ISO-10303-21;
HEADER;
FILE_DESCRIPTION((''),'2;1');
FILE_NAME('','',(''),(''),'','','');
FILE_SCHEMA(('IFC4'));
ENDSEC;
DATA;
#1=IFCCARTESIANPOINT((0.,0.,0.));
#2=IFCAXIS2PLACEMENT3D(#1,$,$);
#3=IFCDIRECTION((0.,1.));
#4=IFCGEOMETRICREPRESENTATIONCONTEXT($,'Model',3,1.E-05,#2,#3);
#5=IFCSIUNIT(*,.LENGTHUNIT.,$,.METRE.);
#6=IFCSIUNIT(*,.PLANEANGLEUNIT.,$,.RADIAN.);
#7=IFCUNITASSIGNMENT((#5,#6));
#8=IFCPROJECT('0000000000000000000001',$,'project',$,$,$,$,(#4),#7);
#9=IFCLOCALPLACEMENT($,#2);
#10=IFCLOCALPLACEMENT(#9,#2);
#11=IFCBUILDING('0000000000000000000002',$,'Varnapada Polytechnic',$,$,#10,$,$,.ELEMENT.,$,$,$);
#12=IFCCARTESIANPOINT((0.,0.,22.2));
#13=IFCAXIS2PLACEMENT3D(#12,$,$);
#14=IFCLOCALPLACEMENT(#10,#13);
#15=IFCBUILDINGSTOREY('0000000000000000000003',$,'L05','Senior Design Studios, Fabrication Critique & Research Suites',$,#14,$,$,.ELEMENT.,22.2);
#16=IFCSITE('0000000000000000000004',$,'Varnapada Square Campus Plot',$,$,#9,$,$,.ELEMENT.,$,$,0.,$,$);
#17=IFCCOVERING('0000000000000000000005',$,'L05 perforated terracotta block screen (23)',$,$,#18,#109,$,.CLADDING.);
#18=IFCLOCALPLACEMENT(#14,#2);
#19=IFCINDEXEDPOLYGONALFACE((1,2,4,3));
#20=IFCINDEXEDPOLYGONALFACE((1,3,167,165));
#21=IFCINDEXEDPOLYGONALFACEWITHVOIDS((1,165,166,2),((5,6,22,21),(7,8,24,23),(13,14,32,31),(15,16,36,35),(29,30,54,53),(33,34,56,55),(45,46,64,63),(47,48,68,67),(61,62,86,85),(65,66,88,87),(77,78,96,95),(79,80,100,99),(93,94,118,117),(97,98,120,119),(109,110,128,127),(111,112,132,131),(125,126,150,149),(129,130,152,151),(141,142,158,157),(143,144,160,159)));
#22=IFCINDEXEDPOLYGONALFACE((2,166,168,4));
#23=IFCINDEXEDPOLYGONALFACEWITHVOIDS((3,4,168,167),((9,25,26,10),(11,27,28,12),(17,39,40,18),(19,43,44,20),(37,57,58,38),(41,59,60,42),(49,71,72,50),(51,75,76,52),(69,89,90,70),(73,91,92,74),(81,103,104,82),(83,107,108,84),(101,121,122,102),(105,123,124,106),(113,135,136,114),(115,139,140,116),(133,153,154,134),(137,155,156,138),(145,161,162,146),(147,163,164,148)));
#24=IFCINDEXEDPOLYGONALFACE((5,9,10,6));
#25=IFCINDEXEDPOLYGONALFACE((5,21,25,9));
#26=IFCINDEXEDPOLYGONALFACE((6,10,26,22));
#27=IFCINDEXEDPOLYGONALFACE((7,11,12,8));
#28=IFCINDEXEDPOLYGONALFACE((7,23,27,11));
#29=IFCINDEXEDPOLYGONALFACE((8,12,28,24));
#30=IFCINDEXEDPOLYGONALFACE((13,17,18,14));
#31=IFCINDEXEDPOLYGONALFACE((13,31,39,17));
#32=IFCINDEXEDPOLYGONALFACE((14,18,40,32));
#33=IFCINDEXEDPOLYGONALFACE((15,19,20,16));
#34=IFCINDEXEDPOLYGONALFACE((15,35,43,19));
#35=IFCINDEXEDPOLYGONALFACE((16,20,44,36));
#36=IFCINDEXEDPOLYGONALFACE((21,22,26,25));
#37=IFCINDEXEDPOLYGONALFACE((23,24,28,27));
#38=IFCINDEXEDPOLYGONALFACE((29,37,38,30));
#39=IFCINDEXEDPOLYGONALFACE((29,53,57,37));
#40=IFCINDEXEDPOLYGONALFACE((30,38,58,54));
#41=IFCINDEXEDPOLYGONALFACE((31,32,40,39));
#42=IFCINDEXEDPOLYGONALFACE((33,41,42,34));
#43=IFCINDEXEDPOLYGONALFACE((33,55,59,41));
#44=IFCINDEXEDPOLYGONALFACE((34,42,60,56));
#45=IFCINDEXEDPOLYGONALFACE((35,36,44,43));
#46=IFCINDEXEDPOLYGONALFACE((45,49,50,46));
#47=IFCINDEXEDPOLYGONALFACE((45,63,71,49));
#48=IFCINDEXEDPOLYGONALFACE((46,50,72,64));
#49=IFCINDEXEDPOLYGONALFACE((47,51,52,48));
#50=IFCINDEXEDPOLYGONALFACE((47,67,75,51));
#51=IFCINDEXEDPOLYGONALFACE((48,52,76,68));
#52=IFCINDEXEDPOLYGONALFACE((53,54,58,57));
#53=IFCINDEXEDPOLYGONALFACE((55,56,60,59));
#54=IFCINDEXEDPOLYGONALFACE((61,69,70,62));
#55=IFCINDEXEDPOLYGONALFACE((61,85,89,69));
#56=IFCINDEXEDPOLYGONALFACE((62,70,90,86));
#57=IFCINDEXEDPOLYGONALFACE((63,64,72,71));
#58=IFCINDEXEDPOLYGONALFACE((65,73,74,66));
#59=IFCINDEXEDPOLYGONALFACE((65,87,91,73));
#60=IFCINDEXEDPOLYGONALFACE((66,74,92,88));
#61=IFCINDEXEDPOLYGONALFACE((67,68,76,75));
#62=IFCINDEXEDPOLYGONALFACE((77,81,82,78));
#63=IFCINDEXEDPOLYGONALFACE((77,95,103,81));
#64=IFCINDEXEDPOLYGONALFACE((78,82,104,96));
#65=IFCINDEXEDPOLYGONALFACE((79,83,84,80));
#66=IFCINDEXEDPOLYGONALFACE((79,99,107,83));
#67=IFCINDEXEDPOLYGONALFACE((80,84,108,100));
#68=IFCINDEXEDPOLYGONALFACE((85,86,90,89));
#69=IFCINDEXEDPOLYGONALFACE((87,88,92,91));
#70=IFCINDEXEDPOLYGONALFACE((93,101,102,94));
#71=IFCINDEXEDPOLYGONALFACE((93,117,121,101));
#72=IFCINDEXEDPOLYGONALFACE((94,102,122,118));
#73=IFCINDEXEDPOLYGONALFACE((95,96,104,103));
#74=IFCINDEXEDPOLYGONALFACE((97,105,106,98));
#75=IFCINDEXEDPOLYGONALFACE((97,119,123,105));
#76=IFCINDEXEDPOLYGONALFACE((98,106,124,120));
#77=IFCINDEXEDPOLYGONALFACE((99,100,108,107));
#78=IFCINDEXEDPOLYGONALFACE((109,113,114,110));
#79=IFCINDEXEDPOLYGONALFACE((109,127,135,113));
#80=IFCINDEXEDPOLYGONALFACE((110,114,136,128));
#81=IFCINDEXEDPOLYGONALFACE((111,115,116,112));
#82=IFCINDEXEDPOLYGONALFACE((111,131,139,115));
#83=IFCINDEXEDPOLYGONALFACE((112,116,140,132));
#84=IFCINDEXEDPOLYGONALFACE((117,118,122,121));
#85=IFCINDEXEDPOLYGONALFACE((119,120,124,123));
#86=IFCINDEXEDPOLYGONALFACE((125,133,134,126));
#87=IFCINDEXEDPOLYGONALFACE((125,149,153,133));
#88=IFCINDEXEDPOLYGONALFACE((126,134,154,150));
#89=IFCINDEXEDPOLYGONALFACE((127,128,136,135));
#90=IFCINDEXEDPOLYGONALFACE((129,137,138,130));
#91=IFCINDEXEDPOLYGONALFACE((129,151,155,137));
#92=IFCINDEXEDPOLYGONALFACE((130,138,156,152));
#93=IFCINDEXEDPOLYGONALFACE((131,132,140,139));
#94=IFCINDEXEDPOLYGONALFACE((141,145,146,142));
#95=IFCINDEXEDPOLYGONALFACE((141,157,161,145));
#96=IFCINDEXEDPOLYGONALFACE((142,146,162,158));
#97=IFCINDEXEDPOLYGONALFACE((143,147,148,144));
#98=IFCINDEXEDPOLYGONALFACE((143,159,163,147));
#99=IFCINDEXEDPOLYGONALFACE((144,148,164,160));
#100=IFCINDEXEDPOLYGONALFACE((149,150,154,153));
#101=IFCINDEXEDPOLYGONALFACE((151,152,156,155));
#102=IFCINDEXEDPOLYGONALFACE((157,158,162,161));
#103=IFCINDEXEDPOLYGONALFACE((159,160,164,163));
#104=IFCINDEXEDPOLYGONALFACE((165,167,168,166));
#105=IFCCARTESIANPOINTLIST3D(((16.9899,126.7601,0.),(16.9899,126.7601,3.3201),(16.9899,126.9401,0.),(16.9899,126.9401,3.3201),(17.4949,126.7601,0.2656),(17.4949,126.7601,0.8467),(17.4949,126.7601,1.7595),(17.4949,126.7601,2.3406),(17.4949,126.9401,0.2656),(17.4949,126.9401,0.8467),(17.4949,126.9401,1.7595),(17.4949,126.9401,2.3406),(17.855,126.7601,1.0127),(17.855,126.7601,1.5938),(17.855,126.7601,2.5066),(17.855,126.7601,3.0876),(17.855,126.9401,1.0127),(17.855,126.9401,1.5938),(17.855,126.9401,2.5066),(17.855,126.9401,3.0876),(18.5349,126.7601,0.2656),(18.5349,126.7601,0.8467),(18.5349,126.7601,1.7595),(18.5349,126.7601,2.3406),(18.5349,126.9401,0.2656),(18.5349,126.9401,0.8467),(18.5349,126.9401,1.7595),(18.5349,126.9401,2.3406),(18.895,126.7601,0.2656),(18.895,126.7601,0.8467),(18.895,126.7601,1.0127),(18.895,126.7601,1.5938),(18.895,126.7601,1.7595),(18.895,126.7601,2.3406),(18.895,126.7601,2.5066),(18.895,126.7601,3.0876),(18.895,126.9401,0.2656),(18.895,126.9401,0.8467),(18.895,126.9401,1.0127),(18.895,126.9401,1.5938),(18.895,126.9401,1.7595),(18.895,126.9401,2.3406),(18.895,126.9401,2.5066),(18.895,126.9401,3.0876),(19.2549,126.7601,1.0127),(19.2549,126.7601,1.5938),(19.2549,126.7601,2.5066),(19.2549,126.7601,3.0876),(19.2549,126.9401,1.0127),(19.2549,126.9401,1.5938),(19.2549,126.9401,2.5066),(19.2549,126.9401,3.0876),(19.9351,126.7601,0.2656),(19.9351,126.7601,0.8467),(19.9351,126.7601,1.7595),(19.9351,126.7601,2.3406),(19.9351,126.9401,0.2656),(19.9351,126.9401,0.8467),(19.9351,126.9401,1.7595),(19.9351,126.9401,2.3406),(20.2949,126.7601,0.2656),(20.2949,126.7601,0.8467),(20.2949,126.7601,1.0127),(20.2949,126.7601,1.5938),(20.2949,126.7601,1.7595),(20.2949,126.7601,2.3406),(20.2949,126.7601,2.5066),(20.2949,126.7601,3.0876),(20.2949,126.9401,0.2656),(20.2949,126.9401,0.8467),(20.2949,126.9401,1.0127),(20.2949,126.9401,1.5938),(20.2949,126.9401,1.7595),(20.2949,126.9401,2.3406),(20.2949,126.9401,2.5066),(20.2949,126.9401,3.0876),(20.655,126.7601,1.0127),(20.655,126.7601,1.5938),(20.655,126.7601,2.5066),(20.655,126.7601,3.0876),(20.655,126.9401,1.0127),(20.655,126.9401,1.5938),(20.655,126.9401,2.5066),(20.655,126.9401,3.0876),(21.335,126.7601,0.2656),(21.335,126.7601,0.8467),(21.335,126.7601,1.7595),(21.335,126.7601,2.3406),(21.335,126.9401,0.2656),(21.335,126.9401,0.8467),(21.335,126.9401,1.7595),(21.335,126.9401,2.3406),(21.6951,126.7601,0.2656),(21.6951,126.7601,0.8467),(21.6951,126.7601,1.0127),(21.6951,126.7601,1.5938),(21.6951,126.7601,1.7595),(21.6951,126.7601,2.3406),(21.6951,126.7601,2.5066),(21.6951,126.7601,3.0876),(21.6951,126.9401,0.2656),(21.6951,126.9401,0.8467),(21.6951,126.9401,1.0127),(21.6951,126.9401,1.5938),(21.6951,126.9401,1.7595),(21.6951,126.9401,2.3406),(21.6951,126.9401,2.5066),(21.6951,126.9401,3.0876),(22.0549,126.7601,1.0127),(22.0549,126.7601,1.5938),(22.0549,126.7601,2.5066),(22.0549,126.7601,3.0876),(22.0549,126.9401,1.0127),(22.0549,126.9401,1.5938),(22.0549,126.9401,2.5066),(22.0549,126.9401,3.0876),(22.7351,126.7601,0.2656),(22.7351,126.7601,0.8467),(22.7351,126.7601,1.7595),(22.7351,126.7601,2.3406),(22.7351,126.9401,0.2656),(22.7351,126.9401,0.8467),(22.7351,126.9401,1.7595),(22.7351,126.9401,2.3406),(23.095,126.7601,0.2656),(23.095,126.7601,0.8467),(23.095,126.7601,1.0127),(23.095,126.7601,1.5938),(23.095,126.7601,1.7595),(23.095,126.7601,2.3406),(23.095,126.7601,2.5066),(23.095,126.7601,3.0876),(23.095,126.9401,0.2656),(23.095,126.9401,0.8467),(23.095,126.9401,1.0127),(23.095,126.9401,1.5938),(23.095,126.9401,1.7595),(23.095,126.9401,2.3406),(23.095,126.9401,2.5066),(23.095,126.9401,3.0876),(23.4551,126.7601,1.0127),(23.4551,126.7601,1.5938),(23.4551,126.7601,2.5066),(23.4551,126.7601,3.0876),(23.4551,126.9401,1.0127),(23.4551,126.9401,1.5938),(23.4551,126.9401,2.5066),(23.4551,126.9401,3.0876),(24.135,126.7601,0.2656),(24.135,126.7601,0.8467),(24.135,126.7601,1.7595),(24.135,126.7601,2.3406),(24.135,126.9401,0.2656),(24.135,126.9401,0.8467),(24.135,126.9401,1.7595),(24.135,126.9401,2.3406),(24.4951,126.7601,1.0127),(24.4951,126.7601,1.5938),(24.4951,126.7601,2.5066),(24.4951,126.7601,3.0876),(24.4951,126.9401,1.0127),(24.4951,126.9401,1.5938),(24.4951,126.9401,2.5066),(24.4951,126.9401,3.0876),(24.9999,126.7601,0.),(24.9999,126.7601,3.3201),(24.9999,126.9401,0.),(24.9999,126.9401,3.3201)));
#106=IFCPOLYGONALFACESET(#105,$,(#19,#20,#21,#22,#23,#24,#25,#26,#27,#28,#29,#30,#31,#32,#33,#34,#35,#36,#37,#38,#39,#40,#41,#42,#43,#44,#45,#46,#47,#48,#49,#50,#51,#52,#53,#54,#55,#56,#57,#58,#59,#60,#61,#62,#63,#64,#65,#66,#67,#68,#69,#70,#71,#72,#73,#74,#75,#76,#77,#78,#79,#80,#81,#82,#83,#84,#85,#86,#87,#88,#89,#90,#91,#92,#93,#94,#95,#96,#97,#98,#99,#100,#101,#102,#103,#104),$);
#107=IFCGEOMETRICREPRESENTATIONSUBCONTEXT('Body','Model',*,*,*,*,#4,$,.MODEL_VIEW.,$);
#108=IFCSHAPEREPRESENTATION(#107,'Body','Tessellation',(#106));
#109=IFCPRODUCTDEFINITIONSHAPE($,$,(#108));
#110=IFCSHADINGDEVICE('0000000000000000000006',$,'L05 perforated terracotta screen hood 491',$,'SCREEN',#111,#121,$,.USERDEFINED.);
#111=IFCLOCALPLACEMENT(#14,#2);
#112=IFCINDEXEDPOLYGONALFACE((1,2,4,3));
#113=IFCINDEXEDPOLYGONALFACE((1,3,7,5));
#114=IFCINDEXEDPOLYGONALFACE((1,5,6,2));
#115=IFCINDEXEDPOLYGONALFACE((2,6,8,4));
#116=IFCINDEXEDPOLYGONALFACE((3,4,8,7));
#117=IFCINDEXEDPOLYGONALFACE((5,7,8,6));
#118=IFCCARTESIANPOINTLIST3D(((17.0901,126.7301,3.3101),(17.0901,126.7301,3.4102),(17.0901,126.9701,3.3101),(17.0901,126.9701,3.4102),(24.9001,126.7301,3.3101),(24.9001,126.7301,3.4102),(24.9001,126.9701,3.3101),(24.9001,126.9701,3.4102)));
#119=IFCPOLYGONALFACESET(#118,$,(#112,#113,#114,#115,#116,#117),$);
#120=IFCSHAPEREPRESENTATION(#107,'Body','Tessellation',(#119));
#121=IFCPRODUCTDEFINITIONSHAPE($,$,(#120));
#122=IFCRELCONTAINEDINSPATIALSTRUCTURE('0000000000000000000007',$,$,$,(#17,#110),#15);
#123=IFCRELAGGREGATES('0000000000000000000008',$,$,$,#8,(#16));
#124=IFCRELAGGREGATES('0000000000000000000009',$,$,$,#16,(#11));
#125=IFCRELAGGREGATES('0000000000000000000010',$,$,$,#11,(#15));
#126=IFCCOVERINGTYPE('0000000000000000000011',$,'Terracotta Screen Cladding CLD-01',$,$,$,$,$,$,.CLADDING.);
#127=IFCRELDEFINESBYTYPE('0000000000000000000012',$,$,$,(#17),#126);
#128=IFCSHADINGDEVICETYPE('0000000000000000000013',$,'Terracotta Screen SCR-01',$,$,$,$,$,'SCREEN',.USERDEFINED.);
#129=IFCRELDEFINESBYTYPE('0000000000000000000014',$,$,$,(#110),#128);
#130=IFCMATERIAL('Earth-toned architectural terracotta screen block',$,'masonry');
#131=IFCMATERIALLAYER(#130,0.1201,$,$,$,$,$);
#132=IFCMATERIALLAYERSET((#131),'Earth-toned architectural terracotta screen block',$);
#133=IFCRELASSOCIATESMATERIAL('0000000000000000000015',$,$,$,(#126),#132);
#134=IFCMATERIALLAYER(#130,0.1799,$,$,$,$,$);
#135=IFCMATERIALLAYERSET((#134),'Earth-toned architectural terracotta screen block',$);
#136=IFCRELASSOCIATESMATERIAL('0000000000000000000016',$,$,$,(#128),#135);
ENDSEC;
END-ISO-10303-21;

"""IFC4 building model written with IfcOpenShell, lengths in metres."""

from ifc_helpers import new_model, si_unit, direction, frame, frame_2d, origin, origin_2d, place, context, subcontext, project, spatial, rectangle, extrude, material, layer, layer_set, type_object, element, save


model = new_model("IFC4")

# Units and contexts
model_context = context("Model", 3, precision=1e-05, world=origin(), true_north=direction((0.0, 1.0)))
body_context = subcontext(model_context, "Body", "Model", "MODEL_VIEW")
ifc_project = project(units=[si_unit("LENGTHUNIT", "METRE"), si_unit("PLANEANGLEUNIT", "RADIAN")], contexts=[model_context])

# Site, building, storey
site_placement = place(None, origin())
site = spatial("IfcSite", under=ifc_project, at=site_placement, Name="Varnapada Square Campus Plot", CompositionType="ELEMENT", RefElevation=0.0)
building_placement = place(site_placement, origin())
building = spatial("IfcBuilding", under=site, at=building_placement, Name="Varnapada Polytechnic", CompositionType="ELEMENT")
storey_placement = place(building_placement, frame((0.0, 0.0, 22.2)))
storey = spatial("IfcBuildingStorey", under=building, at=storey_placement, Name="L05", Description="Senior Design Studios, Fabrication Critique & Research Suites", CompositionType="ELEMENT", Elevation=22.2)

# Covering, openings
ifc_material_1 = material(Name="Earth-toned architectural terracotta screen block", Category="masonry")
ifc_layer_1 = layer(ifc_material_1, 0.1201)
ifc_layer_set_1 = layer_set([ifc_layer_1], Name="Earth-toned architectural terracotta screen block")
covering_type = type_object("IfcCoveringType", Name="Terracotta Screen Cladding CLD-01", PredefinedType="CLADDING", material=ifc_layer_set_1)
covering_placement = place(storey_placement, frame((16.99, 126.8501, 0.0), z_axis=(0.0, 0.0, 1.0), x_axis=(1.0, 0.0, 0.0)))
covering = element("IfcCovering", 1, at=covering_placement, inside=storey, type_object=covering_type, Name="L05 perforated terracotta block screen (23)", PredefinedType="CLADDING", context=body_context, shape_type="SweptSolid", body=[
    extrude(rectangle(XDim=8.01, YDim=0.1799, at=frame_2d((4.0049, 0.0))), origin(), (0.0, 0.0, 1.0), 3.3201),
])
opening_1_placement = place(covering_placement, frame((0.5049, 0.0, 0.2656)))
element("IfcOpeningElement", 2, at=opening_1_placement, cuts=covering, PredefinedType="OPENING", context=body_context, shape_type="SweptSolid", body=[
    extrude(rectangle(XDim=1.04, YDim=0.5811, at=frame_2d((0.52, 0.2905))), frame((0.0, 0.0999, 0.0), z_axis=(0.0, -1.0, 0.0), x_axis=(1.0, 0.0, 0.0)), (0.0, 0.0, 1.0), 0.2),
])
opening_2_placement = place(covering_placement, frame((1.905, 0.0, 0.2656)))
element("IfcOpeningElement", 3, at=opening_2_placement, cuts=covering, PredefinedType="OPENING", context=body_context, shape_type="SweptSolid", body=[
    extrude(rectangle(XDim=1.04, YDim=0.5811, at=frame_2d((0.52, 0.2905))), frame((0.0, 0.0999, 0.0), z_axis=(0.0, -1.0, 0.0), x_axis=(1.0, 0.0, 0.0)), (0.0, 0.0, 1.0), 0.2),
])
opening_3_placement = place(covering_placement, frame((3.3049, 0.0, 0.2656)))
element("IfcOpeningElement", 4, at=opening_3_placement, cuts=covering, PredefinedType="OPENING", context=body_context, shape_type="SweptSolid", body=[
    extrude(rectangle(XDim=1.04, YDim=0.5811, at=frame_2d((0.52, 0.2905))), frame((0.0, 0.0999, 0.0), z_axis=(0.0, -1.0, 0.0), x_axis=(1.0, 0.0, 0.0)), (0.0, 0.0, 1.0), 0.2),
])
opening_4_placement = place(covering_placement, frame((4.7051, 0.0, 0.2656)))
element("IfcOpeningElement", 5, at=opening_4_placement, cuts=covering, PredefinedType="OPENING", context=body_context, shape_type="SweptSolid", body=[
    extrude(rectangle(XDim=1.04, YDim=0.5811, at=frame_2d((0.52, 0.2905))), frame((0.0, 0.0999, 0.0), z_axis=(0.0, -1.0, 0.0), x_axis=(1.0, 0.0, 0.0)), (0.0, 0.0, 1.0), 0.2),
])
opening_5_placement = place(covering_placement, frame((6.105, 0.0, 0.2656)))
element("IfcOpeningElement", 6, at=opening_5_placement, cuts=covering, PredefinedType="OPENING", context=body_context, shape_type="SweptSolid", body=[
    extrude(rectangle(XDim=1.04, YDim=0.5811, at=frame_2d((0.52, 0.2905))), frame((0.0, 0.0999, 0.0), z_axis=(0.0, -1.0, 0.0), x_axis=(1.0, 0.0, 0.0)), (0.0, 0.0, 1.0), 0.2),
])
opening_6_placement = place(covering_placement, frame((0.865, 0.0, 1.0127)))
element("IfcOpeningElement", 7, at=opening_6_placement, cuts=covering, PredefinedType="OPENING", context=body_context, shape_type="SweptSolid", body=[
    extrude(rectangle(XDim=1.04, YDim=0.5811, at=frame_2d((0.52, 0.2905))), frame((0.0, 0.0999, 0.0), z_axis=(0.0, -1.0, 0.0), x_axis=(1.0, 0.0, 0.0)), (0.0, 0.0, 1.0), 0.2),
])
opening_7_placement = place(covering_placement, frame((2.2649, 0.0, 1.0127)))
element("IfcOpeningElement", 8, at=opening_7_placement, cuts=covering, PredefinedType="OPENING", context=body_context, shape_type="SweptSolid", body=[
    extrude(rectangle(XDim=1.04, YDim=0.5811, at=frame_2d((0.52, 0.2905))), frame((0.0, 0.0999, 0.0), z_axis=(0.0, -1.0, 0.0), x_axis=(1.0, 0.0, 0.0)), (0.0, 0.0, 1.0), 0.2),
])
opening_8_placement = place(covering_placement, frame((3.665, 0.0, 1.0127)))
element("IfcOpeningElement", 9, at=opening_8_placement, cuts=covering, PredefinedType="OPENING", context=body_context, shape_type="SweptSolid", body=[
    extrude(rectangle(XDim=1.04, YDim=0.5811, at=frame_2d((0.52, 0.2905))), frame((0.0, 0.0999, 0.0), z_axis=(0.0, -1.0, 0.0), x_axis=(1.0, 0.0, 0.0)), (0.0, 0.0, 1.0), 0.2),
])
opening_9_placement = place(covering_placement, frame((5.0649, 0.0, 1.0127)))
element("IfcOpeningElement", 10, at=opening_9_placement, cuts=covering, PredefinedType="OPENING", context=body_context, shape_type="SweptSolid", body=[
    extrude(rectangle(XDim=1.04, YDim=0.5811, at=frame_2d((0.52, 0.2905))), frame((0.0, 0.0999, 0.0), z_axis=(0.0, -1.0, 0.0), x_axis=(1.0, 0.0, 0.0)), (0.0, 0.0, 1.0), 0.2),
])
opening_10_placement = place(covering_placement, frame((6.4651, 0.0, 1.0127)))
element("IfcOpeningElement", 11, at=opening_10_placement, cuts=covering, PredefinedType="OPENING", context=body_context, shape_type="SweptSolid", body=[
    extrude(rectangle(XDim=1.04, YDim=0.5811, at=frame_2d((0.52, 0.2905))), frame((0.0, 0.0999, 0.0), z_axis=(0.0, -1.0, 0.0), x_axis=(1.0, 0.0, 0.0)), (0.0, 0.0, 1.0), 0.2),
])
opening_11_placement = place(covering_placement, frame((0.5049, 0.0, 1.7595)))
element("IfcOpeningElement", 12, at=opening_11_placement, cuts=covering, PredefinedType="OPENING", context=body_context, shape_type="SweptSolid", body=[
    extrude(rectangle(XDim=1.04, YDim=0.5811, at=frame_2d((0.52, 0.2905))), frame((0.0, 0.0999, 0.0), z_axis=(0.0, -1.0, 0.0), x_axis=(1.0, 0.0, 0.0)), (0.0, 0.0, 1.0), 0.2),
])
opening_12_placement = place(covering_placement, frame((1.905, 0.0, 1.7595)))
element("IfcOpeningElement", 13, at=opening_12_placement, cuts=covering, PredefinedType="OPENING", context=body_context, shape_type="SweptSolid", body=[
    extrude(rectangle(XDim=1.04, YDim=0.5811, at=frame_2d((0.52, 0.2905))), frame((0.0, 0.0999, 0.0), z_axis=(0.0, -1.0, 0.0), x_axis=(1.0, 0.0, 0.0)), (0.0, 0.0, 1.0), 0.2),
])
opening_13_placement = place(covering_placement, frame((3.3049, 0.0, 1.7595)))
element("IfcOpeningElement", 14, at=opening_13_placement, cuts=covering, PredefinedType="OPENING", context=body_context, shape_type="SweptSolid", body=[
    extrude(rectangle(XDim=1.04, YDim=0.5811, at=frame_2d((0.52, 0.2905))), frame((0.0, 0.0999, 0.0), z_axis=(0.0, -1.0, 0.0), x_axis=(1.0, 0.0, 0.0)), (0.0, 0.0, 1.0), 0.2),
])
opening_14_placement = place(covering_placement, frame((4.7051, 0.0, 1.7595)))
element("IfcOpeningElement", 15, at=opening_14_placement, cuts=covering, PredefinedType="OPENING", context=body_context, shape_type="SweptSolid", body=[
    extrude(rectangle(XDim=1.04, YDim=0.5811, at=frame_2d((0.52, 0.2905))), frame((0.0, 0.0999, 0.0), z_axis=(0.0, -1.0, 0.0), x_axis=(1.0, 0.0, 0.0)), (0.0, 0.0, 1.0), 0.2),
])
opening_15_placement = place(covering_placement, frame((6.105, 0.0, 1.7595)))
element("IfcOpeningElement", 16, at=opening_15_placement, cuts=covering, PredefinedType="OPENING", context=body_context, shape_type="SweptSolid", body=[
    extrude(rectangle(XDim=1.04, YDim=0.5811, at=frame_2d((0.52, 0.2905))), frame((0.0, 0.0999, 0.0), z_axis=(0.0, -1.0, 0.0), x_axis=(1.0, 0.0, 0.0)), (0.0, 0.0, 1.0), 0.2),
])
opening_16_placement = place(covering_placement, frame((0.865, 0.0, 2.5066)))
element("IfcOpeningElement", 17, at=opening_16_placement, cuts=covering, PredefinedType="OPENING", context=body_context, shape_type="SweptSolid", body=[
    extrude(rectangle(XDim=1.04, YDim=0.5811, at=frame_2d((0.52, 0.2905))), frame((0.0, 0.0999, 0.0), z_axis=(0.0, -1.0, 0.0), x_axis=(1.0, 0.0, 0.0)), (0.0, 0.0, 1.0), 0.2),
])
opening_17_placement = place(covering_placement, frame((2.2649, 0.0, 2.5066)))
element("IfcOpeningElement", 18, at=opening_17_placement, cuts=covering, PredefinedType="OPENING", context=body_context, shape_type="SweptSolid", body=[
    extrude(rectangle(XDim=1.04, YDim=0.5811, at=frame_2d((0.52, 0.2905))), frame((0.0, 0.0999, 0.0), z_axis=(0.0, -1.0, 0.0), x_axis=(1.0, 0.0, 0.0)), (0.0, 0.0, 1.0), 0.2),
])
opening_18_placement = place(covering_placement, frame((3.665, 0.0, 2.5066)))
element("IfcOpeningElement", 19, at=opening_18_placement, cuts=covering, PredefinedType="OPENING", context=body_context, shape_type="SweptSolid", body=[
    extrude(rectangle(XDim=1.04, YDim=0.5811, at=frame_2d((0.52, 0.2905))), frame((0.0, 0.0999, 0.0), z_axis=(0.0, -1.0, 0.0), x_axis=(1.0, 0.0, 0.0)), (0.0, 0.0, 1.0), 0.2),
])
opening_19_placement = place(covering_placement, frame((5.0649, 0.0, 2.5066)))
element("IfcOpeningElement", 20, at=opening_19_placement, cuts=covering, PredefinedType="OPENING", context=body_context, shape_type="SweptSolid", body=[
    extrude(rectangle(XDim=1.04, YDim=0.5811, at=frame_2d((0.52, 0.2905))), frame((0.0, 0.0999, 0.0), z_axis=(0.0, -1.0, 0.0), x_axis=(1.0, 0.0, 0.0)), (0.0, 0.0, 1.0), 0.2),
])
opening_20_placement = place(covering_placement, frame((6.4651, 0.0, 2.5066)))
element("IfcOpeningElement", 21, at=opening_20_placement, cuts=covering, PredefinedType="OPENING", context=body_context, shape_type="SweptSolid", body=[
    extrude(rectangle(XDim=1.04, YDim=0.5811, at=frame_2d((0.52, 0.2905))), frame((0.0, 0.0999, 0.0), z_axis=(0.0, -1.0, 0.0), x_axis=(1.0, 0.0, 0.0)), (0.0, 0.0, 1.0), 0.2),
])

# Shading device
ifc_layer_2 = layer(ifc_material_1, 0.1799)
ifc_layer_set_2 = layer_set([ifc_layer_2], Name="Earth-toned architectural terracotta screen block")
shading_device_type = type_object("IfcShadingDeviceType", Name="Terracotta Screen SCR-01", ElementType="SCREEN", PredefinedType="USERDEFINED", material=ifc_layer_set_2)
shading_device_placement = place(storey_placement, frame((20.9951, 126.8501, 3.3101), z_axis=(0.0, 0.0, 1.0), x_axis=(1.0, 0.0, 0.0)))
element("IfcShadingDevice", 22, at=shading_device_placement, inside=storey, type_object=shading_device_type, Name="L05 perforated terracotta screen hood 491", ObjectType="SCREEN", PredefinedType="USERDEFINED", context=body_context, shape_type="SweptSolid", body=[
    extrude(rectangle(XDim=7.8101, YDim=0.24, at=origin_2d()), origin(), (0.0, 0.0, 1.0), 0.1001),
])

save(model, "model.ifc")
